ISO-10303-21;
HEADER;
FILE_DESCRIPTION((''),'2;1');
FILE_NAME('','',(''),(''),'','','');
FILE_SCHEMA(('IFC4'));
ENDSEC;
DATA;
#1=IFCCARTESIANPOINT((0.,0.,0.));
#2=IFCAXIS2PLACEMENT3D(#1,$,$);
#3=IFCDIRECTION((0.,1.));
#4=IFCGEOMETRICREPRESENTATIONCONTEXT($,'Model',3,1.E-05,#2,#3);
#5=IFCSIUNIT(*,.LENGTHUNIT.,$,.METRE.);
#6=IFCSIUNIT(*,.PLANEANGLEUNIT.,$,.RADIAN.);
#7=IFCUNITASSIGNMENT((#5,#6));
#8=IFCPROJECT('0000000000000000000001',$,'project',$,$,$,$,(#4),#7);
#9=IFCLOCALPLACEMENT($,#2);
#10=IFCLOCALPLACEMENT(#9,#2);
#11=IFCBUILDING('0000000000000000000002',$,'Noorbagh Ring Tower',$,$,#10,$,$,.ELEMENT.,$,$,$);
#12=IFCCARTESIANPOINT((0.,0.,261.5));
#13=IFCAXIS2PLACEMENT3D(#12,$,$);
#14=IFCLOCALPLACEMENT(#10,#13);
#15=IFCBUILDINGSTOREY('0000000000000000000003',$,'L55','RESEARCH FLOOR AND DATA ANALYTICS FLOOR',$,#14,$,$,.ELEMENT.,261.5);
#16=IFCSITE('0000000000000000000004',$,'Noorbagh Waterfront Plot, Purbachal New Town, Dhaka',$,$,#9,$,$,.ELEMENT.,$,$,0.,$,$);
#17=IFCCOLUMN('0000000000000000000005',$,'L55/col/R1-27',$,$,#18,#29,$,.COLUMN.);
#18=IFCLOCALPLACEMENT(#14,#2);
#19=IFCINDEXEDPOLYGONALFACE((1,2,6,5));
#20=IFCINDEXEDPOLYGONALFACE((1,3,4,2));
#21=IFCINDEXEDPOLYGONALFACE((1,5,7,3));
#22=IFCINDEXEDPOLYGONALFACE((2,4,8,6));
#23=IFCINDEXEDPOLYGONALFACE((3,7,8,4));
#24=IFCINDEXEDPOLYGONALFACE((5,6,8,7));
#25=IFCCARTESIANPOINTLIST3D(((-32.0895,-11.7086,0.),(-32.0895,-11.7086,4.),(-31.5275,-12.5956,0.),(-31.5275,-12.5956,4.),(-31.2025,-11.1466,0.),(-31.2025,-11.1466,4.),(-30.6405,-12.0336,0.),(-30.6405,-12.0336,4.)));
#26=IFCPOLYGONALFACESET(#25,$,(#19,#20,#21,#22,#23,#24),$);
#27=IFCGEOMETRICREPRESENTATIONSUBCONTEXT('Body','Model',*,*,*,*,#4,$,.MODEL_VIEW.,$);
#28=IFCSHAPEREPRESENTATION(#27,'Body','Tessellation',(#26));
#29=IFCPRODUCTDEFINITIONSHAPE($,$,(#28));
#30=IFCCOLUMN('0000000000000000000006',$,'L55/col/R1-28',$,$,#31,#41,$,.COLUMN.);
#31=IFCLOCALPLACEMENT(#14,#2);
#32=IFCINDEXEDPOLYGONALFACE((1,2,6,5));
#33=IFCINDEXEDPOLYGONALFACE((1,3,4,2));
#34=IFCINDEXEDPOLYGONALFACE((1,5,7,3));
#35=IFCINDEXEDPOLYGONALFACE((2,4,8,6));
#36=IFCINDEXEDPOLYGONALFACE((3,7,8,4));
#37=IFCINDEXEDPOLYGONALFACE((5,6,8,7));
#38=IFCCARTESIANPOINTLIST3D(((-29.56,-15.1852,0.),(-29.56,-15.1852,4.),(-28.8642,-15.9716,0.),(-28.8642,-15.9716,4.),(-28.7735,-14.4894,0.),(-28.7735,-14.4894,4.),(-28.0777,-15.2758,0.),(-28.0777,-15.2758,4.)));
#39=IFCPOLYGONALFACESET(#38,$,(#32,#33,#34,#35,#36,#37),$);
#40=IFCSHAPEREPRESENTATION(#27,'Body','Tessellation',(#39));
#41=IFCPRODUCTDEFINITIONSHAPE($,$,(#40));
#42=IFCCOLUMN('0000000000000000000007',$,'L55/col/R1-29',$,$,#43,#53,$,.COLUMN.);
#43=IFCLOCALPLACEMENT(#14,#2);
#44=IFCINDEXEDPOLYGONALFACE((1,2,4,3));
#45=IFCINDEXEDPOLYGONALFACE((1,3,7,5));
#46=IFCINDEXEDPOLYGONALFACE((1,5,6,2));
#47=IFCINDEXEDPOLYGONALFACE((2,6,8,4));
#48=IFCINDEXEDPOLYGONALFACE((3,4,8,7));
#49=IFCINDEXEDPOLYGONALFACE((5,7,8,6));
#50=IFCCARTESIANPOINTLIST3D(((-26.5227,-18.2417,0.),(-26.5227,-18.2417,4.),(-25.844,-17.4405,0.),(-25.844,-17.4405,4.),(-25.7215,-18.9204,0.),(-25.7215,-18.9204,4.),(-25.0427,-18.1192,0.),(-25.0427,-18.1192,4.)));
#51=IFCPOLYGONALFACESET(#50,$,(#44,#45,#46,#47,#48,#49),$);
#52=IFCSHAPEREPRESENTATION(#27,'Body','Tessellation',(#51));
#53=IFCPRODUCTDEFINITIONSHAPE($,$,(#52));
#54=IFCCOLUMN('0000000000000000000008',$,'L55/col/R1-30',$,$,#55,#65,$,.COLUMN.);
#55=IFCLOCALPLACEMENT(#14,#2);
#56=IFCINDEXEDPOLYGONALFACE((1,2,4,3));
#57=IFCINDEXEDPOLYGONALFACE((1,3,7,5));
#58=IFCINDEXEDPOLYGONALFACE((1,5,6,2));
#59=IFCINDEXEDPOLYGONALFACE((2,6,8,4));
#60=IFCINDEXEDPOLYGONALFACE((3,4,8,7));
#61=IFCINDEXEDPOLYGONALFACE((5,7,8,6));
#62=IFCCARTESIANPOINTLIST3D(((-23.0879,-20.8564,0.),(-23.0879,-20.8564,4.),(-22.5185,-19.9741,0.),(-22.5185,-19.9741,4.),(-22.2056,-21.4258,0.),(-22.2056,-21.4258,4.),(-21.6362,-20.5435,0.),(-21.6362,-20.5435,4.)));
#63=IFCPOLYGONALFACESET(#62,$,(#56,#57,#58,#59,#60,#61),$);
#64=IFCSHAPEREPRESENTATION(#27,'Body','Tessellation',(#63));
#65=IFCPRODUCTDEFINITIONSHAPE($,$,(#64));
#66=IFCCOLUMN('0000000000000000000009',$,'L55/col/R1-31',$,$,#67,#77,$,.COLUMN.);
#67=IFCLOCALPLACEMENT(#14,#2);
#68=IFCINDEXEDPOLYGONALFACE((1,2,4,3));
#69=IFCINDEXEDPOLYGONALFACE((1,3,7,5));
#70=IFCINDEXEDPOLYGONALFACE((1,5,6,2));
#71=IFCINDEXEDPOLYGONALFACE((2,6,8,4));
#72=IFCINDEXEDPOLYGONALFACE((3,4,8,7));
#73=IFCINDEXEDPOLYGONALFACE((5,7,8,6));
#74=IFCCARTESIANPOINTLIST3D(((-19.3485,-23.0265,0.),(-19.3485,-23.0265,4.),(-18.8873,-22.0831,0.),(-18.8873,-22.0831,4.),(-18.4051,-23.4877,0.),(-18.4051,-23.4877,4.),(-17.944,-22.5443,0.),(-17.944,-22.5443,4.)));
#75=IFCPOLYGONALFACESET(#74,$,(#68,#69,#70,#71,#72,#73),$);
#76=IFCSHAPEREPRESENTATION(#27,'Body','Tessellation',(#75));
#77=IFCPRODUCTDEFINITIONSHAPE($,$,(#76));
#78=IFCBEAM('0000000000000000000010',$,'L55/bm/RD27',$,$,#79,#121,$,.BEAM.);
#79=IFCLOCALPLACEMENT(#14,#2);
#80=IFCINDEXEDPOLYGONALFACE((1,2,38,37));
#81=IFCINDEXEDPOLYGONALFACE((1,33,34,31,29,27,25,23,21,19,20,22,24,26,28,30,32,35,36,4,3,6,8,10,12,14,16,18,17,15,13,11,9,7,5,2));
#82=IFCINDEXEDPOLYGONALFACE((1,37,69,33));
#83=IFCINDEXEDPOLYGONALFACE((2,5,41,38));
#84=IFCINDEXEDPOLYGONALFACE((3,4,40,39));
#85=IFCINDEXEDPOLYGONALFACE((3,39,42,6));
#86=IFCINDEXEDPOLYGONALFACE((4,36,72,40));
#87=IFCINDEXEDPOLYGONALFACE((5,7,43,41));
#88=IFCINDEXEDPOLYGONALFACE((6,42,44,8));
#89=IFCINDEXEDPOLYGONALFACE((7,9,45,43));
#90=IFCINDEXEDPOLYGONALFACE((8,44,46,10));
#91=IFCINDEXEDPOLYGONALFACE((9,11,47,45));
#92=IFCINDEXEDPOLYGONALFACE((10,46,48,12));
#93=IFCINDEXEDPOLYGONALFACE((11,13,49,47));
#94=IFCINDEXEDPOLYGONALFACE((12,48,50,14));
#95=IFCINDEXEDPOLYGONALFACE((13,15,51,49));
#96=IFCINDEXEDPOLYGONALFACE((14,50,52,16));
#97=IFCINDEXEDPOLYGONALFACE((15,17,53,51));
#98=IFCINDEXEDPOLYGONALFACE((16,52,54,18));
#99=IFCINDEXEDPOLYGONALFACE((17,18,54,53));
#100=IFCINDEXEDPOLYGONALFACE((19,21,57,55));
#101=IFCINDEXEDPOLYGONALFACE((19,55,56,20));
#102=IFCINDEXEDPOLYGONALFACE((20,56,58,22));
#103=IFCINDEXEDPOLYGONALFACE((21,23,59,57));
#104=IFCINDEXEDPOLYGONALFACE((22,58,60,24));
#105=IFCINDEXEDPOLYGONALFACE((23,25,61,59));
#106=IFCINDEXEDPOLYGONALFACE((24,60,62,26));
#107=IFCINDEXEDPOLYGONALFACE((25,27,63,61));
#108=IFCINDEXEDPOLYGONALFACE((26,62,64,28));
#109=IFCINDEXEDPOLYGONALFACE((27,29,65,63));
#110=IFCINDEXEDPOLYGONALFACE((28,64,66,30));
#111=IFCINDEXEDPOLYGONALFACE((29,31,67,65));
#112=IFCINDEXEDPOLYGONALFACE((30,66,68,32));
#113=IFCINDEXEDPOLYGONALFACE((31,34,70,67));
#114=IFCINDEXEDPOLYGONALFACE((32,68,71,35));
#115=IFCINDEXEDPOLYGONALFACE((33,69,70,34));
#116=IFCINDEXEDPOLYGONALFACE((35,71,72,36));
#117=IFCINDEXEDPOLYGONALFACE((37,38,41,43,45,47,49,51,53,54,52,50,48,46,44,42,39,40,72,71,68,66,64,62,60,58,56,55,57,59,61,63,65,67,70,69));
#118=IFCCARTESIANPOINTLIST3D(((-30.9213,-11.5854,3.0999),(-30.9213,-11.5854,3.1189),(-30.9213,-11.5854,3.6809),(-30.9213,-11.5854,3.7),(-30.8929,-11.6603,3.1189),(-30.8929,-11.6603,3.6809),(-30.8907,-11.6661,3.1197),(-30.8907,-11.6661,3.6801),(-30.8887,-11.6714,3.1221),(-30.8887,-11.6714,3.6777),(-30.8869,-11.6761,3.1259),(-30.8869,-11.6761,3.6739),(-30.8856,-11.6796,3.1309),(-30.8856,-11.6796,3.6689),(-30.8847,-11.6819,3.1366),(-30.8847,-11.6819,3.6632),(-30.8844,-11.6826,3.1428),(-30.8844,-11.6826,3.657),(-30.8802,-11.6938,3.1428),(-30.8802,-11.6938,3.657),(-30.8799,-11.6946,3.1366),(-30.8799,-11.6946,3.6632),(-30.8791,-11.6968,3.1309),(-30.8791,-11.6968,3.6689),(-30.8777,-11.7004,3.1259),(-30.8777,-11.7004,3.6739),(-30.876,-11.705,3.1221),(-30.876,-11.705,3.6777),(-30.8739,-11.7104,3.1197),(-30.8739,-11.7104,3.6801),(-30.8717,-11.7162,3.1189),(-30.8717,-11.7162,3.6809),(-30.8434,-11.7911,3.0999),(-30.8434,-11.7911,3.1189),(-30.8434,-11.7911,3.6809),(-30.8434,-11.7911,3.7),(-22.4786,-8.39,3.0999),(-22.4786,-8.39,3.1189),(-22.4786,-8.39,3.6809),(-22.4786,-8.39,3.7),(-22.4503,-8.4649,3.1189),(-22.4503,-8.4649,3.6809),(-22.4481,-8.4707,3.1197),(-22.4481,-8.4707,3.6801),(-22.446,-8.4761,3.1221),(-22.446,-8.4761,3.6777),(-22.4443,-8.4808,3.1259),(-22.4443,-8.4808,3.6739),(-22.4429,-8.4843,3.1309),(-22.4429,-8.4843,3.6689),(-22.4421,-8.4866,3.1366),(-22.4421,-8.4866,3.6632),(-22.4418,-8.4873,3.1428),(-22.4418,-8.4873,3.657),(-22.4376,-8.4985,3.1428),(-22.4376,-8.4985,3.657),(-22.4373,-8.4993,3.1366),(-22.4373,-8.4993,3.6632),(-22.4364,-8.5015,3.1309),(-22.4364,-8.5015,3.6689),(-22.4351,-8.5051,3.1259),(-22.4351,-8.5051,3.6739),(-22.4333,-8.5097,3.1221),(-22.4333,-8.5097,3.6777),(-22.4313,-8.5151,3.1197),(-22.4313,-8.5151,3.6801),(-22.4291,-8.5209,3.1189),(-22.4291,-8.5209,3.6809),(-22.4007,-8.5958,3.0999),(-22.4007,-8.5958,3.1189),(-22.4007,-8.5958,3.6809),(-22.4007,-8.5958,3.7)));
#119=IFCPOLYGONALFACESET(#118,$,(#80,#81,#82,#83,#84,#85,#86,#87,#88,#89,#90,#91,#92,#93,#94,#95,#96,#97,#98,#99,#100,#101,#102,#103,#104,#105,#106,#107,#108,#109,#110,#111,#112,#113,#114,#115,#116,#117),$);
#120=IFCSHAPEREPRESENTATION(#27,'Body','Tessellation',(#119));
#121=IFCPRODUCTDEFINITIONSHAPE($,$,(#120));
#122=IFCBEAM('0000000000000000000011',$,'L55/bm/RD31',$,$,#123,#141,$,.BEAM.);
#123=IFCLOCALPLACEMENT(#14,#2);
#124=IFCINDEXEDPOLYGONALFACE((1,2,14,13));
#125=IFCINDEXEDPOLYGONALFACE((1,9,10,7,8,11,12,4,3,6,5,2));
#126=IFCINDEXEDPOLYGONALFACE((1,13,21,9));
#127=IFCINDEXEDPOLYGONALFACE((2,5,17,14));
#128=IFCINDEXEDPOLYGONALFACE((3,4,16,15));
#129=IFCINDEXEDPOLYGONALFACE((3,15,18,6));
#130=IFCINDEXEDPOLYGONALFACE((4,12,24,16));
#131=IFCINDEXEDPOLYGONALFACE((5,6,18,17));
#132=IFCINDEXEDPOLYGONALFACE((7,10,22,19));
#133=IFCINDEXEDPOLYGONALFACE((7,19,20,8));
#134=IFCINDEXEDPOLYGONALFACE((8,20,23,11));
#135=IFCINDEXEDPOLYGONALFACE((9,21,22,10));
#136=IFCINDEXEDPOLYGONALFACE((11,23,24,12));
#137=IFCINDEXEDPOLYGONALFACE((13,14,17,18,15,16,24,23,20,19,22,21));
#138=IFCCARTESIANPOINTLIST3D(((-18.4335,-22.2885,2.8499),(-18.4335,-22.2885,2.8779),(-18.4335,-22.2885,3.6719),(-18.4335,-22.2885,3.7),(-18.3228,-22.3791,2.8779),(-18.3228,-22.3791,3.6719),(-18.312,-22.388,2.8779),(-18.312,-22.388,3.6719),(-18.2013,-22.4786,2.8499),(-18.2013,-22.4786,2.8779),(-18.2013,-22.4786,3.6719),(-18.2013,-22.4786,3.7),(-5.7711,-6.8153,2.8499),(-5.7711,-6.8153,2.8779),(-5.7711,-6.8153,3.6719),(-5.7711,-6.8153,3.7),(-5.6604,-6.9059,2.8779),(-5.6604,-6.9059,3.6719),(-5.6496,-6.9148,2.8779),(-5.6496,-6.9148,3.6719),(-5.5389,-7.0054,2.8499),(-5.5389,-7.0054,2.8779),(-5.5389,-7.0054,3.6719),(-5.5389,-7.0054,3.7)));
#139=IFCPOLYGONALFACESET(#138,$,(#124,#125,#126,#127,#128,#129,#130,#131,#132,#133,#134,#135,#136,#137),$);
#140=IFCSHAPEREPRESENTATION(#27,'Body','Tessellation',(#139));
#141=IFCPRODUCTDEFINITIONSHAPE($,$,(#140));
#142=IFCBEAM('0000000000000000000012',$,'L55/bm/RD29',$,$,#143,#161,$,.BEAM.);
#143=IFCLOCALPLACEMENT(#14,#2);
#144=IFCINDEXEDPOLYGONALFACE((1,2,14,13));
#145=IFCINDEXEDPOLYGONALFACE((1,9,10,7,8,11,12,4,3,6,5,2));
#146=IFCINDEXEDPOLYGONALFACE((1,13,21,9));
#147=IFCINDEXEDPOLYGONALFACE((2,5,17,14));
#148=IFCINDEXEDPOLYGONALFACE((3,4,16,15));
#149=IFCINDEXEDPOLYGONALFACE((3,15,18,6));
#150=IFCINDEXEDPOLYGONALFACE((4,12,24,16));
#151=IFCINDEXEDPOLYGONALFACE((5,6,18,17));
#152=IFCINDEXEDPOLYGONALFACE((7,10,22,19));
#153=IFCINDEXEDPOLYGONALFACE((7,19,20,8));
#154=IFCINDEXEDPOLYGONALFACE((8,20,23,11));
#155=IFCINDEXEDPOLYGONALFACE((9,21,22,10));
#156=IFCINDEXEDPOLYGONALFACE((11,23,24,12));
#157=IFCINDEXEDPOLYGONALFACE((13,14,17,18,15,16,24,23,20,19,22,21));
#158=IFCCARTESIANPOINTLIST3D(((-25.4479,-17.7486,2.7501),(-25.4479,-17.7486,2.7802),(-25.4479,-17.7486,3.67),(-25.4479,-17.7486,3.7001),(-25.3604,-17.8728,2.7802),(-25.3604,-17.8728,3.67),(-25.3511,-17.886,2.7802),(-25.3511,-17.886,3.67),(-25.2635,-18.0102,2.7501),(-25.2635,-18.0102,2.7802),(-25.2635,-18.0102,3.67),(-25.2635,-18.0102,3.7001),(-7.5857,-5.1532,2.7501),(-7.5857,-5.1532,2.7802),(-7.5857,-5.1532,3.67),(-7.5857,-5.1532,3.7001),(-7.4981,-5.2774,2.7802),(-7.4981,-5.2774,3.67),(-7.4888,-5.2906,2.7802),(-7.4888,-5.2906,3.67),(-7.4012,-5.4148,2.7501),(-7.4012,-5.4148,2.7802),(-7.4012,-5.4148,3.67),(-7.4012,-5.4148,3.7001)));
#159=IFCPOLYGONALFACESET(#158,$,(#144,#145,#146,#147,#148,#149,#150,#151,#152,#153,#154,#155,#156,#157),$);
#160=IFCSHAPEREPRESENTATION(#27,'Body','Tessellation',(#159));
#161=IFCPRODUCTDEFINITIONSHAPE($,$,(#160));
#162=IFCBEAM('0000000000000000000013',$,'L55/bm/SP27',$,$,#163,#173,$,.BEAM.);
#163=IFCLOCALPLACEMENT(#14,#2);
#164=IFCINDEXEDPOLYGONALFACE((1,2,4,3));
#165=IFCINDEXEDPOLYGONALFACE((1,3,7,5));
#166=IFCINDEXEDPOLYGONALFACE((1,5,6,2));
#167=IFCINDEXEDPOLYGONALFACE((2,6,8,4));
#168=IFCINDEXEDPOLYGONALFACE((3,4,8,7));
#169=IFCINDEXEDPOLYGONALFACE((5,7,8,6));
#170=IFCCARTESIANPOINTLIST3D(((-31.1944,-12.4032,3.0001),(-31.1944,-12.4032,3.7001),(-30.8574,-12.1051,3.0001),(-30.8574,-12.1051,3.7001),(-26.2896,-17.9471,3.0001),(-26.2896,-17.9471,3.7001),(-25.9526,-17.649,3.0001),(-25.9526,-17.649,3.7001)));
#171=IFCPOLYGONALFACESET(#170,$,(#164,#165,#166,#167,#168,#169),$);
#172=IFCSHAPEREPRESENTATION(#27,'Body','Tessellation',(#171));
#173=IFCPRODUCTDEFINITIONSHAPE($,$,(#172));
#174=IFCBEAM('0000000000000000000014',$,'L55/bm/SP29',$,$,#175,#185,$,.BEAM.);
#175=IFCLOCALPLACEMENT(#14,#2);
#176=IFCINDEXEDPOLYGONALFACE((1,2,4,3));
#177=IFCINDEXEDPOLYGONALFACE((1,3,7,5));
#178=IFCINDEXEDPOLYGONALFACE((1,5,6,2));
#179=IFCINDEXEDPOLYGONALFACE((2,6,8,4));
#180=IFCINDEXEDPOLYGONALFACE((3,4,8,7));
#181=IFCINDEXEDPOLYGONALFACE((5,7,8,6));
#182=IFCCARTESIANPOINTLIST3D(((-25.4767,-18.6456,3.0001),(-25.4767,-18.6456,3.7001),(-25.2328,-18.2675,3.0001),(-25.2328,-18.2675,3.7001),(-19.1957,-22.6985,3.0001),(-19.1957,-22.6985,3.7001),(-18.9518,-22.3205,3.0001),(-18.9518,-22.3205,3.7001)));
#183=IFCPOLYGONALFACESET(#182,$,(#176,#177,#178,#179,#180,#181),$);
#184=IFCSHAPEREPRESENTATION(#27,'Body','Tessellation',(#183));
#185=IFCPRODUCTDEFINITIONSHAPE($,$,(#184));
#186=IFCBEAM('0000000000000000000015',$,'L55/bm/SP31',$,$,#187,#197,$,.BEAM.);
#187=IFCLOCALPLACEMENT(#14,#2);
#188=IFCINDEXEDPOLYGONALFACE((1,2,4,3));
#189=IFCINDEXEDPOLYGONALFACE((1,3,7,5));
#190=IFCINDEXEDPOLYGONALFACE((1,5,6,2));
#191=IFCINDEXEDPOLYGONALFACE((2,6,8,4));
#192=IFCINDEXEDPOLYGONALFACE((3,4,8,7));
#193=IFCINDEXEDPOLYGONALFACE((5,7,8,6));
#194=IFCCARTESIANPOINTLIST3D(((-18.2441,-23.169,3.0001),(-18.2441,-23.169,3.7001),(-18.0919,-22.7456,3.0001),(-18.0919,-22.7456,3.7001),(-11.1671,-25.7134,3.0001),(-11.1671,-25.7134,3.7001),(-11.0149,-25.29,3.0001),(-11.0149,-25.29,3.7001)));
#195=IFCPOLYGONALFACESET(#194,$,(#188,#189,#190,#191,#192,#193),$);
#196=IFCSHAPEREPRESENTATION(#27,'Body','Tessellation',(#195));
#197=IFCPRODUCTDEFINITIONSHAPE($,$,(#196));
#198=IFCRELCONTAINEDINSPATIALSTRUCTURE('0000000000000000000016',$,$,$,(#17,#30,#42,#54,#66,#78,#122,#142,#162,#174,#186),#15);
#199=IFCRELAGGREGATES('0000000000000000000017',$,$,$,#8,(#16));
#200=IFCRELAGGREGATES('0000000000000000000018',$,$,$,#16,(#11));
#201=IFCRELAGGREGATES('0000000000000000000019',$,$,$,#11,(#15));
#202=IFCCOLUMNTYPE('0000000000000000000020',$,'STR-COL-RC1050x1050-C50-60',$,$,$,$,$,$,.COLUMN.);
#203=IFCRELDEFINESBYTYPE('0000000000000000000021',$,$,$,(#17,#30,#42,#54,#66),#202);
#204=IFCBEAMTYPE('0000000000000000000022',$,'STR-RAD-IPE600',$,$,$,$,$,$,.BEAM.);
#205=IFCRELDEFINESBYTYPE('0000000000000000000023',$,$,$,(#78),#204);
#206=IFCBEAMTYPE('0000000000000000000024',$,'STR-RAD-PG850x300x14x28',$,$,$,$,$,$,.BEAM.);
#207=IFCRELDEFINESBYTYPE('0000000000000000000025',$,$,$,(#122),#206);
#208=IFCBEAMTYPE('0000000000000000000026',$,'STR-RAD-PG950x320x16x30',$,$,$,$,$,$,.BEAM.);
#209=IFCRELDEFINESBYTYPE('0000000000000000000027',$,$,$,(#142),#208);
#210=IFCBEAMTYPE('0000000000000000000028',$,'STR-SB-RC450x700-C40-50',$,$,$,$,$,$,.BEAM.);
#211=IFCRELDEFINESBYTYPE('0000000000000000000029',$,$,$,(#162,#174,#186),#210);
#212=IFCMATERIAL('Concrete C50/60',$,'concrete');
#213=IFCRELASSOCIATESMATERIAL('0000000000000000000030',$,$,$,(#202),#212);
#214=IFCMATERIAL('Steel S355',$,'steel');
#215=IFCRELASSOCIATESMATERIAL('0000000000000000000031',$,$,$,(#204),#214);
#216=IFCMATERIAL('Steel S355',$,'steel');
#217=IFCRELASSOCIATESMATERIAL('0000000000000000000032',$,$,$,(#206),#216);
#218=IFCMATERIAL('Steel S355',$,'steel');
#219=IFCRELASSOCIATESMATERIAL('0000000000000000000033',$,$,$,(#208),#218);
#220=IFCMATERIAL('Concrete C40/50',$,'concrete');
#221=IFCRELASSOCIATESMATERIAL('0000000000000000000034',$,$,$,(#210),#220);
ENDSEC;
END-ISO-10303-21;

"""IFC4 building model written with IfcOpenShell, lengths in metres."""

from ifc_helpers import new_model, si_unit, direction, frame, origin, origin_2d, place, context, subcontext, project, spatial, rectangle, i_section, extrude, material, material_profile, profile_set, type_object, element, save


model = new_model("IFC4")

# Units and contexts
model_context = context("Model", 3, precision=1e-05, world=origin(), true_north=direction((0.0, 1.0)))
body_context = subcontext(model_context, "Body", "Model", "MODEL_VIEW")
ifc_project = project(units=[si_unit("LENGTHUNIT", "METRE"), si_unit("PLANEANGLEUNIT", "RADIAN")], contexts=[model_context])

# Site, building, storey
site_placement = place(None, origin())
site = spatial("IfcSite", under=ifc_project, at=site_placement, Name="Noorbagh Waterfront Plot, Purbachal New Town, Dhaka", CompositionType="ELEMENT", RefElevation=0.0)
building_placement = place(site_placement, origin())
building = spatial("IfcBuilding", under=site, at=building_placement, Name="Noorbagh Ring Tower", CompositionType="ELEMENT")
storey_placement = place(building_placement, frame((0.0, 0.0, 261.5)))
storey = spatial("IfcBuildingStorey", under=building, at=storey_placement, Name="L55", Description="RESEARCH FLOOR AND DATA ANALYTICS FLOOR", CompositionType="ELEMENT", Elevation=261.5)

# Columns
ifc_material_1 = material(Name="Concrete C50/60", Category="concrete")
ifc_material_profile_1 = material_profile(ifc_material_1, rectangle(XDim=1.05, YDim=1.05, at=origin_2d()), Name="RC1050x1050")
ifc_profile_set_1 = profile_set([ifc_material_profile_1], Name="Concrete C50/60")
column_type = type_object("IfcColumnType", Name="STR-COL-RC1050x1050-C50-60", PredefinedType="COLUMN", material=ifc_profile_set_1)
for number, where, z_axis, x_axis, name in (
    (1, (-31.365, -11.8711, 0.0), (0.0, 0.0, 1.0), (0.53519, -0.844731, 0.0), "L55/col/R1-27"),
    (2, (-28.8188, -15.2305, 0.0), (0.0, 0.0, 1.0), (0.662636, -0.748942, 0.0), "L55/col/R1-28"),
    (3, (-25.7827, -18.1804, 0.0), (0.0, 0.0, 1.0), (0.763035, -0.646357, 0.0), "L55/col/R1-29"),
    (4, (-22.3621, -20.7, 0.0), (0.0, 0.0, 1.0), (0.840248, -0.542203, 0.0), "L55/col/R1-30"),
    (5, (-18.6462, -22.7854, 0.0), (0.0, 0.0, 1.0), (0.898399, -0.43918, 0.0), "L55/col/R1-31"),
):
    element("IfcColumn", number, at=place(storey_placement, frame(where, z_axis=z_axis, x_axis=x_axis)), inside=storey, type_object=column_type, Name=name, PredefinedType="COLUMN", context=body_context, shape_type="SweptSolid", body=[
        extrude(rectangle(XDim=1.05, YDim=1.05, at=origin_2d()), origin(), (0.0, 0.0, 1.0), 4.0),
    ])

# Beams
ifc_material_2 = material(Name="Steel S355", Category="steel")
ifc_material_profile_2 = material_profile(ifc_material_2, i_section(OverallWidth=0.22, OverallDepth=0.6001, WebThickness=0.012, FlangeThickness=0.019, FilletRadius=0.0239, at=origin_2d()), Name="IPE600")
ifc_profile_set_2 = profile_set([ifc_material_profile_2], Name="Steel S355")
beam_type_1 = type_object("IfcBeamType", Name="STR-RAD-IPE600", PredefinedType="BEAM", material=ifc_profile_set_2)
beam_1_placement = place(storey_placement, frame((-30.8823, -11.6882, 3.3999), z_axis=(0.935257, 0.35397, 0.0), x_axis=(-0.35397, 0.935257, 0.0)))
element("IfcBeam", 6, at=beam_1_placement, inside=storey, type_object=beam_type_1, Name="L55/bm/RD27", PredefinedType="BEAM", context=body_context, shape_type="SweptSolid", body=[
    extrude(i_section(OverallWidth=0.22, OverallDepth=0.6001, WebThickness=0.012, FlangeThickness=0.019, FilletRadius=0.0239, at=origin_2d()), origin(), (0.0, 0.0, 1.0), 9.0271),
])
ifc_material_3 = material(Name="Steel S355", Category="steel")
ifc_material_profile_3 = material_profile(ifc_material_3, i_section(OverallWidth=0.3, OverallDepth=0.8501, WebThickness=0.0139, FlangeThickness=0.0281, at=origin_2d()), Name="PG850x300x14x28")
ifc_profile_set_3 = profile_set([ifc_material_profile_3], Name="Steel S355")
beam_type_2 = type_object("IfcBeamType", Name="STR-RAD-PG850x300x14x28", PredefinedType="BEAM", material=ifc_profile_set_3)
beam_2_placement = place(storey_placement, frame((-18.3174, -22.3835, 3.2749), z_axis=(0.633313, 0.773896, 0.0), x_axis=(-0.773896, 0.633313, 0.0)))
element("IfcBeam", 7, at=beam_2_placement, inside=storey, type_object=beam_type_2, Name="L55/bm/RD31", PredefinedType="BEAM", context=body_context, shape_type="SweptSolid", body=[
    extrude(i_section(OverallWidth=0.3, OverallDepth=0.8501, WebThickness=0.0139, FlangeThickness=0.0281, at=origin_2d()), origin(), (0.0, 0.0, 1.0), 19.9939),
])
ifc_material_4 = material(Name="Steel S355", Category="steel")
ifc_material_profile_4 = material_profile(ifc_material_4, i_section(OverallWidth=0.3201, OverallDepth=0.95, WebThickness=0.0161, FlangeThickness=0.03, at=origin_2d()), Name="PG950x320x16x30")
ifc_profile_set_4 = profile_set([ifc_material_profile_4], Name="Steel S355")
beam_type_3 = type_object("IfcBeamType", Name="STR-RAD-PG950x320x16x30", PredefinedType="BEAM", material=ifc_profile_set_4)
beam_3_placement = place(storey_placement, frame((-25.3557, -17.8794, 3.2251), z_axis=(0.817253, 0.576279, 0.0), x_axis=(-0.576279, 0.817253, 0.0)))
element("IfcBeam", 8, at=beam_3_placement, inside=storey, type_object=beam_type_3, Name="L55/bm/RD29", PredefinedType="BEAM", context=body_context, shape_type="SweptSolid", body=[
    extrude(i_section(OverallWidth=0.3201, OverallDepth=0.95, WebThickness=0.0161, FlangeThickness=0.03, at=origin_2d()), origin(), (0.0, 0.0, 1.0), 21.8564),
])
ifc_material_5 = material(Name="Concrete C40/50", Category="concrete")
ifc_material_profile_5 = material_profile(ifc_material_5, rectangle(XDim=0.45, YDim=0.7, at=origin_2d()), Name="RC450x700")
ifc_profile_set_5 = profile_set([ifc_material_profile_5], Name="Concrete C40/50")
beam_type_4 = type_object("IfcBeamType", Name="STR-SB-RC450x700-C40-50", PredefinedType="BEAM", material=ifc_profile_set_5)
beam_4_placement = place(storey_placement, frame((-31.0259, -12.2542, 3.3501), z_axis=(0.662614, -0.748961, 0.0), x_axis=(0.748961, 0.662614, 0.0)))
element("IfcBeam", 9, at=beam_4_placement, inside=storey, type_object=beam_type_4, Name="L55/bm/SP27", PredefinedType="BEAM", context=body_context, shape_type="SweptSolid", body=[
    extrude(rectangle(XDim=0.45, YDim=0.7, at=origin_2d()), origin(), (0.0, 0.0, 1.0), 7.4021),
])
beam_5_placement = place(storey_placement, frame((-25.3547, -18.4565, 3.3501), z_axis=(0.840253, -0.542195, 0.0), x_axis=(0.542195, 0.840253, 0.0)))
element("IfcBeam", 10, at=beam_5_placement, inside=storey, type_object=beam_type_4, Name="L55/bm/SP29", PredefinedType="BEAM", context=body_context, shape_type="SweptSolid", body=[
    extrude(rectangle(XDim=0.45, YDim=0.7, at=origin_2d()), origin(), (0.0, 0.0, 1.0), 7.4751),
])
beam_6_placement = place(storey_placement, frame((-18.168, -22.9573, 3.3501), z_axis=(0.941025, -0.338337, 0.0), x_axis=(0.338337, 0.941025, 0.0)))
element("IfcBeam", 11, at=beam_6_placement, inside=storey, type_object=beam_type_4, Name="L55/bm/SP31", PredefinedType="BEAM", context=body_context, shape_type="SweptSolid", body=[
    extrude(rectangle(XDim=0.45, YDim=0.7, at=origin_2d()), origin(), (0.0, 0.0, 1.0), 7.5205),
])

save(model, "model.ifc")
